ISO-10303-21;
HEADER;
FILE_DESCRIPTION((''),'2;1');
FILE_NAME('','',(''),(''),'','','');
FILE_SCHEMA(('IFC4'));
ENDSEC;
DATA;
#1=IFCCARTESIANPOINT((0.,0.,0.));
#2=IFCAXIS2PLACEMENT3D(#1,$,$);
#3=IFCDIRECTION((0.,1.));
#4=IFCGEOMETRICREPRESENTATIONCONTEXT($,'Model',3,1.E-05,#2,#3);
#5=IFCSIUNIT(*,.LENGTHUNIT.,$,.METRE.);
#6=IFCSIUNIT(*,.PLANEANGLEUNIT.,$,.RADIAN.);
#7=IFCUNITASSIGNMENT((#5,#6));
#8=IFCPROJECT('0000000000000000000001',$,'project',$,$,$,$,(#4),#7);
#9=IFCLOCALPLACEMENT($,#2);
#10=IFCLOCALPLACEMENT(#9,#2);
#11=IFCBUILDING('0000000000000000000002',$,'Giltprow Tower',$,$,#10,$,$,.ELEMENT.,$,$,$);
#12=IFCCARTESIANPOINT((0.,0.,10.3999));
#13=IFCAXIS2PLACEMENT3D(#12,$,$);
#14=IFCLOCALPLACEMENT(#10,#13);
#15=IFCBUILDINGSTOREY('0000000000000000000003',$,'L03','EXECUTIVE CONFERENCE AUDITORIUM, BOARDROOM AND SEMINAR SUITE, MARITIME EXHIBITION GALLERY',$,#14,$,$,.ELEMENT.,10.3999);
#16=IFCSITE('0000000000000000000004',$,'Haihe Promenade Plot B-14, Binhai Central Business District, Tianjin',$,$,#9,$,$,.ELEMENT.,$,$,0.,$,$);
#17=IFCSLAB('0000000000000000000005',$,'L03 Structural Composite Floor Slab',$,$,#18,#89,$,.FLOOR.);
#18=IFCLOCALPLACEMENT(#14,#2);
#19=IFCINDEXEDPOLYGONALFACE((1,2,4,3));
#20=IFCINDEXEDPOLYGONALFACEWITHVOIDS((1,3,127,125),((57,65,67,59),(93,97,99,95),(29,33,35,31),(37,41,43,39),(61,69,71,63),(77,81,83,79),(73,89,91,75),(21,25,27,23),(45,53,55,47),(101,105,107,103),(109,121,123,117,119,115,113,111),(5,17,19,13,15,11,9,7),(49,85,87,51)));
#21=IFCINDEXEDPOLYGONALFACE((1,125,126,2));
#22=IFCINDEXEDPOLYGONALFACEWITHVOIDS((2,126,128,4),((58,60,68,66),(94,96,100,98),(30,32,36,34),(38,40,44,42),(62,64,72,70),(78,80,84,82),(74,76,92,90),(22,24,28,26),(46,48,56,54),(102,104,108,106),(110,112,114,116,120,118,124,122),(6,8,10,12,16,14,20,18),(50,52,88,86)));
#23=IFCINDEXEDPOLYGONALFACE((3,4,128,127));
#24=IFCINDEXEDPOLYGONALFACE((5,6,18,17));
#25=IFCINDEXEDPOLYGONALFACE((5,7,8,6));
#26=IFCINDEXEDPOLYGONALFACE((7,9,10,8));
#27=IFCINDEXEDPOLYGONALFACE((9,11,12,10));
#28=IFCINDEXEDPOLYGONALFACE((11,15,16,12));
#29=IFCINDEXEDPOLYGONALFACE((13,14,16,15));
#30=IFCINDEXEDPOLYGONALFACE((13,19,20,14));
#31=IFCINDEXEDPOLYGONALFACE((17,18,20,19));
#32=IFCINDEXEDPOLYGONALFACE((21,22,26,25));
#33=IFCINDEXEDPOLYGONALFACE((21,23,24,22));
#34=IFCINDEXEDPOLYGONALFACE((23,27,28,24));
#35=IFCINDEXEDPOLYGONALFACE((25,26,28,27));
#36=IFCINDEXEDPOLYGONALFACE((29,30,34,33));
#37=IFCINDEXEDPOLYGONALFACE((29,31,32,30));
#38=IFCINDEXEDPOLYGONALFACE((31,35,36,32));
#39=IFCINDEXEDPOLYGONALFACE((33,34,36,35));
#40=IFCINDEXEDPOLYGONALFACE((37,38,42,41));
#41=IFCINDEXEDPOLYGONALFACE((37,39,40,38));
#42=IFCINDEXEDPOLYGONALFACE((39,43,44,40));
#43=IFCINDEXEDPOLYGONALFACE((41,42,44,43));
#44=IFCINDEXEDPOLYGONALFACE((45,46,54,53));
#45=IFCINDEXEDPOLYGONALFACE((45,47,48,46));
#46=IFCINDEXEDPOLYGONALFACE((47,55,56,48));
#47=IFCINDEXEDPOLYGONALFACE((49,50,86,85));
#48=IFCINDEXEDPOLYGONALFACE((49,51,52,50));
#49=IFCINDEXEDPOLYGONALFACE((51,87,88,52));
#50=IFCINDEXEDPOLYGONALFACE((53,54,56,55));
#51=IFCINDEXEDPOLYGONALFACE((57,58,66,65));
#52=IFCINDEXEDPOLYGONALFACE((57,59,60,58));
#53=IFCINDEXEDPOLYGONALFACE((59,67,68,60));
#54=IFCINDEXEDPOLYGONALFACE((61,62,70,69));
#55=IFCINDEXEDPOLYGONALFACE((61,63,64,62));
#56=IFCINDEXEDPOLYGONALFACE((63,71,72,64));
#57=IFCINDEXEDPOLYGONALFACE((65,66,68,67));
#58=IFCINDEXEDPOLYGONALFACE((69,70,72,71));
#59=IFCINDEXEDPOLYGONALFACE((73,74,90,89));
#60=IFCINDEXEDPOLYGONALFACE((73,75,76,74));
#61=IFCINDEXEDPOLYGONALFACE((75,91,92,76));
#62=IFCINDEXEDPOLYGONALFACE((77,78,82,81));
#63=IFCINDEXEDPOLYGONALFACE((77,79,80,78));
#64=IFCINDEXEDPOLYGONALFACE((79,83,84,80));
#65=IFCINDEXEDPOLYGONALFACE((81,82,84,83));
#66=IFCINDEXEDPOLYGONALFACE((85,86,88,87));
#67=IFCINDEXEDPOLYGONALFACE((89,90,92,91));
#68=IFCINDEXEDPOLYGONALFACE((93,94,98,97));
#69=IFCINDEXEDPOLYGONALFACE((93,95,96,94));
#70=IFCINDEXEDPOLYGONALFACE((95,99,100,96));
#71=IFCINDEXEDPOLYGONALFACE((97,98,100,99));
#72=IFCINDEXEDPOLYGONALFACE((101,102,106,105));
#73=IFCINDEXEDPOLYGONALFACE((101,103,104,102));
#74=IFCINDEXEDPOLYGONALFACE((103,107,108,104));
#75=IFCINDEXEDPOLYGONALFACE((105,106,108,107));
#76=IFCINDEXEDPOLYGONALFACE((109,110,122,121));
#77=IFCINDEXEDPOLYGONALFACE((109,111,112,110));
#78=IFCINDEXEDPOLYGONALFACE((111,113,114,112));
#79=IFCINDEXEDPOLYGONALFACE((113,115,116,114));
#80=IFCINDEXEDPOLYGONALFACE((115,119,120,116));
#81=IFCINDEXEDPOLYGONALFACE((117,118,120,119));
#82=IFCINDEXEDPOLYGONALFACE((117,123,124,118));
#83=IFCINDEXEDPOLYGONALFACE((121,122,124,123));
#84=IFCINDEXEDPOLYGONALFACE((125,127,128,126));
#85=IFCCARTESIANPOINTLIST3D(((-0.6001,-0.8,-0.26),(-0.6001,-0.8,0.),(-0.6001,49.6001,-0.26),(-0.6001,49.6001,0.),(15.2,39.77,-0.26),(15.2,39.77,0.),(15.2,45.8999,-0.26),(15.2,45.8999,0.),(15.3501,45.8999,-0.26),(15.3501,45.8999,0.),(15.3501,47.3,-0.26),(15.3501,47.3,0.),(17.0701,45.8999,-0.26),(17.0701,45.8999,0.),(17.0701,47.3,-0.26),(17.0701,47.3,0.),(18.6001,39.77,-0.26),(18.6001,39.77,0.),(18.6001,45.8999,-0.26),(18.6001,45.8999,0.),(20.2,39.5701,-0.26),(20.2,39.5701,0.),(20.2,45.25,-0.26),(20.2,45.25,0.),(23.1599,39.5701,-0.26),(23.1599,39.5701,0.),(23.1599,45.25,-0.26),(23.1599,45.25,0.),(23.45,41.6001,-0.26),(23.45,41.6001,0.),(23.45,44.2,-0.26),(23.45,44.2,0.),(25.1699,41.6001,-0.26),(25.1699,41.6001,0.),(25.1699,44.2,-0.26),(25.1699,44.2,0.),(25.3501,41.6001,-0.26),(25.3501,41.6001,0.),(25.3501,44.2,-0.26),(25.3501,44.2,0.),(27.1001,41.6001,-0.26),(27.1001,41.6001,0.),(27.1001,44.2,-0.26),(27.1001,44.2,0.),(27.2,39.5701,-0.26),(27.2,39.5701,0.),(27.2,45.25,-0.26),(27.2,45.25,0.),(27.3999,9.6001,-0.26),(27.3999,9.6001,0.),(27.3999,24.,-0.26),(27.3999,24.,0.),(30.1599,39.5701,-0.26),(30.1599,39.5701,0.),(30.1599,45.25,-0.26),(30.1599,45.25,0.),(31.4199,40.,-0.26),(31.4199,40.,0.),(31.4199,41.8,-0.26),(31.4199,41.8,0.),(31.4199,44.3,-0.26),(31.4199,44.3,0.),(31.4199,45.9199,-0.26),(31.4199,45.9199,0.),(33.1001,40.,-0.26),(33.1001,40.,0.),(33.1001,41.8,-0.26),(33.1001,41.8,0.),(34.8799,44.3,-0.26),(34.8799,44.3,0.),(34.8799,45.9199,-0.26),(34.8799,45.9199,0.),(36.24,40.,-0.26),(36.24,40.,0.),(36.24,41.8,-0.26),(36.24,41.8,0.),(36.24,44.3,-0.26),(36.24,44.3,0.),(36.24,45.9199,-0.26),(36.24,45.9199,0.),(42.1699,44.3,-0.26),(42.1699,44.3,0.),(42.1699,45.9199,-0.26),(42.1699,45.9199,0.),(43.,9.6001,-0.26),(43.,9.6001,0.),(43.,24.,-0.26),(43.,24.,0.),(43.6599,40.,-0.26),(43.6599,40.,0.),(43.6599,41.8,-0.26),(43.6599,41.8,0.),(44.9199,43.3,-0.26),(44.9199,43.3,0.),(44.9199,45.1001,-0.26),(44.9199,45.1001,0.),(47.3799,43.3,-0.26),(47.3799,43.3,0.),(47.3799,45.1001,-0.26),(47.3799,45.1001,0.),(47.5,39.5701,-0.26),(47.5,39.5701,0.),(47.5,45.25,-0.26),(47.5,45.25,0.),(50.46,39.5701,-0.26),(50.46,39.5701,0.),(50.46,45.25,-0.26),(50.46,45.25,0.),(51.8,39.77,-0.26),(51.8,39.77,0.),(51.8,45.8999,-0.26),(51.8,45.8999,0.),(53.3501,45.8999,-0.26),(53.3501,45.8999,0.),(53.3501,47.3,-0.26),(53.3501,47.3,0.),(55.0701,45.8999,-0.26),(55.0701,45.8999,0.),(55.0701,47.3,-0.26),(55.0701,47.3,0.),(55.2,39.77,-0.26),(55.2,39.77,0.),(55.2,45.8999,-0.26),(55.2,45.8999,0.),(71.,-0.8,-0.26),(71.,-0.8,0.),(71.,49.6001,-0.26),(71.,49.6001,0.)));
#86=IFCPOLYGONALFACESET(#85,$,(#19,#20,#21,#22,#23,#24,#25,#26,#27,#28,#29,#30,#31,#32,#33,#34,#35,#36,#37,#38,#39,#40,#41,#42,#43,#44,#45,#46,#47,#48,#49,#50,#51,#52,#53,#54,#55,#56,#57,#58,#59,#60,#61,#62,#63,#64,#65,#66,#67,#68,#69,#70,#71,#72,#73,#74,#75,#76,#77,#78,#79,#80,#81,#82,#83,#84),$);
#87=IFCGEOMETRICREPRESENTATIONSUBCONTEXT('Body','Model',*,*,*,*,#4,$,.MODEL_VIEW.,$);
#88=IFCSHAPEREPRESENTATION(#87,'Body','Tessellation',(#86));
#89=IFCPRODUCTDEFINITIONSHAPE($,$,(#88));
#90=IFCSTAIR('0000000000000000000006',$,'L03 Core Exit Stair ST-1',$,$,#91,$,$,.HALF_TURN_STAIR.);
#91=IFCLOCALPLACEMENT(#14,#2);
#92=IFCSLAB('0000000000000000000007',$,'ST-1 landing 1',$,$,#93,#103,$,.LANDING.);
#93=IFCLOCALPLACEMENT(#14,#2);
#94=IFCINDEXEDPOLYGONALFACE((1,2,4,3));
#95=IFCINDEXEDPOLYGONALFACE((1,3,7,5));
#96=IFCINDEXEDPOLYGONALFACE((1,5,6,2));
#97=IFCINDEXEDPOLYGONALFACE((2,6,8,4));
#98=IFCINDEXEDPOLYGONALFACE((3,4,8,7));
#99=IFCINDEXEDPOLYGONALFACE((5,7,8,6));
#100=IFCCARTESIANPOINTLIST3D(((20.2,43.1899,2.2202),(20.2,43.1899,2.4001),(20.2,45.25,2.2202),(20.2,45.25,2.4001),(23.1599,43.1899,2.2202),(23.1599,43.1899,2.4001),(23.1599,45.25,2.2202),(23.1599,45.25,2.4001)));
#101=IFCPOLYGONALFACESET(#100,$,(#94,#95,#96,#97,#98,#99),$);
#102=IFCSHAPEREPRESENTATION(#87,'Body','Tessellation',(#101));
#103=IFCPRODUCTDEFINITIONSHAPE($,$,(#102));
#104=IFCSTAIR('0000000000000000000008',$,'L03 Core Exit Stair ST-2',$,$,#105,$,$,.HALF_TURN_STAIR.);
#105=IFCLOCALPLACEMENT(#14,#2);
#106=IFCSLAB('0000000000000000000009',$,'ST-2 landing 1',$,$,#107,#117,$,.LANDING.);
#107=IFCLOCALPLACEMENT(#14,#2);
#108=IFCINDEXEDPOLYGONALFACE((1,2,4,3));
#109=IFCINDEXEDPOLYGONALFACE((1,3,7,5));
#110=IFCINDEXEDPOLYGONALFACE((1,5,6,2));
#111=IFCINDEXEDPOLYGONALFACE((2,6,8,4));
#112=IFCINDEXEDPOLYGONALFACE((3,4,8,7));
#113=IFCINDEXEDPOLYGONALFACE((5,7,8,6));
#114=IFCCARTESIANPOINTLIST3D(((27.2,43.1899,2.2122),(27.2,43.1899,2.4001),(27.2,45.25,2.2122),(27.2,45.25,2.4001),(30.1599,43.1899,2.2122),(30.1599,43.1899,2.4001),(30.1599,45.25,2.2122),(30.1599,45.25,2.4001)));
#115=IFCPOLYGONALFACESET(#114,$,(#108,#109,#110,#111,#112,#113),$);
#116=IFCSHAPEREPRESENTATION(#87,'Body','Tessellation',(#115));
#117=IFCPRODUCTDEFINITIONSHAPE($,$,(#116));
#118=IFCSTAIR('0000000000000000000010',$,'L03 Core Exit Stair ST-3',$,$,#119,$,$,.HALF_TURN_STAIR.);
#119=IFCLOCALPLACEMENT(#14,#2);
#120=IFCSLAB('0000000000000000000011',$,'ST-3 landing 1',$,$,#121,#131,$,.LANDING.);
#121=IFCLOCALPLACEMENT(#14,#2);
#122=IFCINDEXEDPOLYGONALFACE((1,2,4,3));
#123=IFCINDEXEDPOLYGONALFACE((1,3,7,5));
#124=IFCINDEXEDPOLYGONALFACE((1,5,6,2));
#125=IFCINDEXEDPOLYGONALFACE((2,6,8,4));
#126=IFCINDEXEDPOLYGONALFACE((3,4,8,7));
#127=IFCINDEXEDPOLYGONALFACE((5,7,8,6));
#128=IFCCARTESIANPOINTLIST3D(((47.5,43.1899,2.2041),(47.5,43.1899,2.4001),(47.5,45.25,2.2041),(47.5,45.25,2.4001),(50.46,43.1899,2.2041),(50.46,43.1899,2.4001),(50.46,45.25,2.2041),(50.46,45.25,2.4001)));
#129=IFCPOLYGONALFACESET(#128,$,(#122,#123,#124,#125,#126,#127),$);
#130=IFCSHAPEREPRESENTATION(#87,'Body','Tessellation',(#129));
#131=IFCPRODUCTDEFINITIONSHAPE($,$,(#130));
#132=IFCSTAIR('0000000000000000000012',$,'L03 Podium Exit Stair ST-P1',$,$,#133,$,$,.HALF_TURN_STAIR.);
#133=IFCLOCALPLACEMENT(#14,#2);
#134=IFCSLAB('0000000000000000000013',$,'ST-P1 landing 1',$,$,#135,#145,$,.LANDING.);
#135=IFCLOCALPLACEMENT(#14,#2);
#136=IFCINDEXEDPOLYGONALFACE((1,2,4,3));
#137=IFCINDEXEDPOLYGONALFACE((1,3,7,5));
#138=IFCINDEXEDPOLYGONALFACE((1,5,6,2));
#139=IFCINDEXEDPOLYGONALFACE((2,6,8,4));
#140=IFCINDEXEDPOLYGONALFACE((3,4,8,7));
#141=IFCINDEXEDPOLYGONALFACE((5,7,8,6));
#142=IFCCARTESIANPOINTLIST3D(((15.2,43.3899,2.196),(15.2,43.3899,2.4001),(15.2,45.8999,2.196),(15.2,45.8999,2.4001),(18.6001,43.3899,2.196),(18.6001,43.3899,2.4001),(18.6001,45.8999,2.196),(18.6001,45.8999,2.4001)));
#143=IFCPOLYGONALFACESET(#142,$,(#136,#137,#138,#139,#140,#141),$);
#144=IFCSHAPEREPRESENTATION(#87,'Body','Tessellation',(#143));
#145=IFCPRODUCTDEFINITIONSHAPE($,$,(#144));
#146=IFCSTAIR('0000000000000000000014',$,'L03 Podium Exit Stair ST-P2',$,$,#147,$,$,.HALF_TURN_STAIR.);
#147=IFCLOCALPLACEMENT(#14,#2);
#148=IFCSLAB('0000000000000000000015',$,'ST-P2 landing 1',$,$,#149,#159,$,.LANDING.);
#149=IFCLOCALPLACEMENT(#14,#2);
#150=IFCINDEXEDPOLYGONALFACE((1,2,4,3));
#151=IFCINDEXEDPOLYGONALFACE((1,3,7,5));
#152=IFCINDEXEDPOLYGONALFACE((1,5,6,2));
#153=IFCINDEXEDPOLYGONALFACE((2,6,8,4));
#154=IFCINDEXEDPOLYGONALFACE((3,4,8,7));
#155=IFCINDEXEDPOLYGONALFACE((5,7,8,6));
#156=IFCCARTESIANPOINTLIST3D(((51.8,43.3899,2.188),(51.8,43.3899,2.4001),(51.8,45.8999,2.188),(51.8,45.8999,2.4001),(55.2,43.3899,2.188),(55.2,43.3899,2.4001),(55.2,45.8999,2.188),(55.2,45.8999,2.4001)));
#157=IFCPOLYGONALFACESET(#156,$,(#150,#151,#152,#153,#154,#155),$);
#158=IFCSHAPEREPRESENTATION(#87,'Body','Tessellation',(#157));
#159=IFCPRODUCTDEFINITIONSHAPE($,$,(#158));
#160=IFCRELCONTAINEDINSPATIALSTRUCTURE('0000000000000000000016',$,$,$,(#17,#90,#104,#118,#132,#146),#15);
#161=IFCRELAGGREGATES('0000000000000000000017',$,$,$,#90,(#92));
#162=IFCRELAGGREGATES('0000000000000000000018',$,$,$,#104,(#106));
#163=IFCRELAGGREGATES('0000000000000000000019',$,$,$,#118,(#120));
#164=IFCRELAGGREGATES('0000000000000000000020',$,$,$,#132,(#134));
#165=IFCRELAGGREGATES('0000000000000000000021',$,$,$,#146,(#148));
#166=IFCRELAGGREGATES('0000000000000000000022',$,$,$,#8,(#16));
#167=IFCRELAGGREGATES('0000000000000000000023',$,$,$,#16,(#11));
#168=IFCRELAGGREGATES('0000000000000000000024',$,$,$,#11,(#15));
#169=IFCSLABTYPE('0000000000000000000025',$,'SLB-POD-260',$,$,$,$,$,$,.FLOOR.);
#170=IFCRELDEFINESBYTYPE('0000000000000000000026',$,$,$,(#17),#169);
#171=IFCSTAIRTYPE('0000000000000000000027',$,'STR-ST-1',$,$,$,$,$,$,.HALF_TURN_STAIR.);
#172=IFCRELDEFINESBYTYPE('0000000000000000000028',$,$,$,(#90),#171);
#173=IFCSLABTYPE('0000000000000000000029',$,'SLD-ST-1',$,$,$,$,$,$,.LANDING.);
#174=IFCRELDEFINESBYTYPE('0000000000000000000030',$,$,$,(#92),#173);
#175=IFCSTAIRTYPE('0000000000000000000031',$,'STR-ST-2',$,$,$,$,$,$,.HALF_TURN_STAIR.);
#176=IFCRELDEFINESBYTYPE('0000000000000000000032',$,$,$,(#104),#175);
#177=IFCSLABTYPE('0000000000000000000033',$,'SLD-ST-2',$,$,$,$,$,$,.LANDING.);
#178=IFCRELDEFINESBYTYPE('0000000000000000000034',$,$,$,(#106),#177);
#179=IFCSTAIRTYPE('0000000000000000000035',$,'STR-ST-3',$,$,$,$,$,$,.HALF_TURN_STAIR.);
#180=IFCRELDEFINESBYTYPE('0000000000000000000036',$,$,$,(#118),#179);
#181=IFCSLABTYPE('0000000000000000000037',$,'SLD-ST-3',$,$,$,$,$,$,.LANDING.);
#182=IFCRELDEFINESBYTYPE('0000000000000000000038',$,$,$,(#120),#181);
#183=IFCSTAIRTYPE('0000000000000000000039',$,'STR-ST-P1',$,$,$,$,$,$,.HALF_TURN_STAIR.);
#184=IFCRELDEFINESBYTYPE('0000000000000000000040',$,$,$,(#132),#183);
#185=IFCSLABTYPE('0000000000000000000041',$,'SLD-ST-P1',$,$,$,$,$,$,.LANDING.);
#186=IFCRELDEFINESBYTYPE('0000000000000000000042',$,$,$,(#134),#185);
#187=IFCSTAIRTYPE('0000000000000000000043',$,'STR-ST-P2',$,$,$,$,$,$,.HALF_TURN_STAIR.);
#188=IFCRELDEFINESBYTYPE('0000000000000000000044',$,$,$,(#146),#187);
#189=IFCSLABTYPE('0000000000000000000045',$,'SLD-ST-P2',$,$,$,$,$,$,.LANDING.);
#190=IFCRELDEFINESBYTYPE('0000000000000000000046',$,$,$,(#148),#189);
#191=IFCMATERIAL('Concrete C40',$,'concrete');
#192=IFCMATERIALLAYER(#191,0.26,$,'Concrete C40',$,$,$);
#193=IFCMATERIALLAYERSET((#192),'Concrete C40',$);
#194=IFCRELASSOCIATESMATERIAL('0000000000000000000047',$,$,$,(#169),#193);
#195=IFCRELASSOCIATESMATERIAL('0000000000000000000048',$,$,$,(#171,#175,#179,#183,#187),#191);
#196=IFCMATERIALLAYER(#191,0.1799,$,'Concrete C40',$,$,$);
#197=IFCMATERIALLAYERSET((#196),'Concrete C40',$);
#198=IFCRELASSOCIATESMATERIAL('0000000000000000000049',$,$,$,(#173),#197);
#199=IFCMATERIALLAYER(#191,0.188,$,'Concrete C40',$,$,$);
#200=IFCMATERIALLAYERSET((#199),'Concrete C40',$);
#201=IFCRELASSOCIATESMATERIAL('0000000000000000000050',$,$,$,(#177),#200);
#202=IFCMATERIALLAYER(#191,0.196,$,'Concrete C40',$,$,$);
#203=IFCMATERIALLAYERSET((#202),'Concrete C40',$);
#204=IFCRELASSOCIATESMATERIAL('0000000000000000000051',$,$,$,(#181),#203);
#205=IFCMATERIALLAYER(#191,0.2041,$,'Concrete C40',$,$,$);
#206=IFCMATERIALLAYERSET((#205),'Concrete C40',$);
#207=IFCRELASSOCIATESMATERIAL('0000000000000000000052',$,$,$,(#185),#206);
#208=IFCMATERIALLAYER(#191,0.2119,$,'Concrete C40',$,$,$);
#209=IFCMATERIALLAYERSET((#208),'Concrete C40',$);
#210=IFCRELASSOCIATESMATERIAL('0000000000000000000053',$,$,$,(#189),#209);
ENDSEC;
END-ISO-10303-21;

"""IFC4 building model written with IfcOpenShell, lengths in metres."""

from ifc_helpers import new_model, si_unit, direction, frame, origin, place, context, subcontext, project, spatial, polyline, outline, extrude, material, layer, layer_set, type_object, element, aggregate, save


model = new_model("IFC4")

# Units and contexts
model_context = context("Model", 3, precision=1e-05, world=origin(), true_north=direction((0.0, 1.0)))
body_context = subcontext(model_context, "Body", "Model", "MODEL_VIEW")
ifc_project = project(units=[si_unit("LENGTHUNIT", "METRE"), si_unit("PLANEANGLEUNIT", "RADIAN")], contexts=[model_context])

# Site, building, storey
site_placement = place(None, origin())
site = spatial("IfcSite", under=ifc_project, at=site_placement, Name="Haihe Promenade Plot B-14, Binhai Central Business District, Tianjin", CompositionType="ELEMENT", RefElevation=0.0)
building_placement = place(site_placement, origin())
building = spatial("IfcBuilding", under=site, at=building_placement, Name="Giltprow Tower", CompositionType="ELEMENT")
storey_placement = place(building_placement, frame((0.0, 0.0, 10.3999)))
storey = spatial("IfcBuildingStorey", under=building, at=storey_placement, Name="L03", Description="EXECUTIVE CONFERENCE AUDITORIUM, BOARDROOM AND SEMINAR SUITE, MARITIME EXHIBITION GALLERY", CompositionType="ELEMENT", Elevation=10.3999)

# Slab
ifc_material_1 = material(Name="Concrete C40", Category="concrete")
ifc_layer_1 = layer(ifc_material_1, 0.26, Name="Concrete C40")
ifc_layer_set_1 = layer_set([ifc_layer_1], Name="Concrete C40")
slab_type_1 = type_object("IfcSlabType", Name="SLB-POD-260", PredefinedType="FLOOR", material=ifc_layer_set_1)
slab_1_placement = place(storey_placement, frame((0.0, 0.0, -0.26)))
element("IfcSlab", 1, at=slab_1_placement, inside=storey, type_object=slab_type_1, Name="L03 Structural Composite Floor Slab", PredefinedType="FLOOR", context=body_context, shape_type="SweptSolid", body=[
    extrude(outline(polyline([(-0.6001, 49.6001), (71.0, 49.6001), (71.0, -0.8), (-0.6001, -0.8), (-0.6001, 49.6001)]), holes=[polyline([(31.4199, 41.8), (31.4199, 40.0), (33.1001, 40.0), (33.1001, 41.8), (31.4199, 41.8)]), polyline([(23.1599, 39.5701), (23.1599, 45.25), (20.2, 45.25), (20.2, 39.5701), (23.1599, 39.5701)]), polyline([(30.1599, 39.5701), (30.1599, 45.25), (27.2, 45.25), (27.2, 39.5701), (30.1599, 39.5701)]), polyline([(18.6001, 39.77), (18.6001, 45.8999), (17.0701, 45.8999), (17.0701, 47.3), (15.3501, 47.3), (15.3501, 45.8999), (15.2, 45.8999), (15.2, 39.77), (18.6001, 39.77)]), polyline([(25.1699, 41.6001), (25.1699, 44.2), (23.45, 44.2), (23.45, 41.6001), (25.1699, 41.6001)]), polyline([(27.1001, 41.6001), (27.1001, 44.2), (25.3501, 44.2), (25.3501, 41.6001), (27.1001, 41.6001)]), polyline([(34.8799, 44.3), (34.8799, 45.9199), (31.4199, 45.9199), (31.4199, 44.3), (34.8799, 44.3)]), polyline([(43.0, 9.6001), (43.0, 24.0), (27.3999, 24.0), (27.3999, 9.6001), (43.0, 9.6001)]), polyline([(43.6599, 40.0), (43.6599, 41.8), (36.24, 41.8), (36.24, 40.0), (43.6599, 40.0)]), polyline([(50.46, 39.5701), (50.46, 45.25), (47.5, 45.25), (47.5, 39.5701), (50.46, 39.5701)]), polyline([(53.3501, 47.3), (53.3501, 45.8999), (51.8, 45.8999), (51.8, 39.77), (55.2, 39.77), (55.2, 45.8999), (55.0701, 45.8999), (55.0701, 47.3), (53.3501, 47.3)]), polyline([(47.3799, 43.3), (47.3799, 45.1001), (44.9199, 45.1001), (44.9199, 43.3), (47.3799, 43.3)]), polyline([(42.1699, 44.3), (42.1699, 45.9199), (36.24, 45.9199), (36.24, 44.3), (42.1699, 44.3)])]), origin(), (0.0, 0.0, 1.0), 0.26),
])

# Stairs, slabs
stair_type_1 = type_object("IfcStairType", Name="STR-ST-1", PredefinedType="HALF_TURN_STAIR", material=ifc_material_1)
stair_1_placement = place(storey_placement, origin())
stair_1 = element("IfcStair", 2, at=stair_1_placement, inside=storey, type_object=stair_type_1, Name="L03 Core Exit Stair ST-1", PredefinedType="HALF_TURN_STAIR")
ifc_layer_2 = layer(ifc_material_1, 0.1799, Name="Concrete C40")
ifc_layer_set_2 = layer_set([ifc_layer_2], Name="Concrete C40")
slab_type_2 = type_object("IfcSlabType", Name="SLD-ST-1", PredefinedType="LANDING", material=ifc_layer_set_2)
slab_2_placement = place(storey_placement, frame((0.0, 0.0, 2.2202)))
slab_2 = element("IfcSlab", 3, at=slab_2_placement, type_object=slab_type_2, Name="ST-1 landing 1", PredefinedType="LANDING", context=body_context, shape_type="SweptSolid", body=[
    extrude(outline(polyline([(23.1599, 43.1899), (23.1599, 45.25), (20.2, 45.25), (20.2, 43.1899), (23.1599, 43.1899)])), origin(), (0.0, 0.0, 1.0), 0.1799),
])
aggregate(stair_1, [slab_2])
stair_type_2 = type_object("IfcStairType", Name="STR-ST-2", PredefinedType="HALF_TURN_STAIR", material=ifc_material_1)
stair_2_placement = place(storey_placement, origin())
stair_2 = element("IfcStair", 4, at=stair_2_placement, inside=storey, type_object=stair_type_2, Name="L03 Core Exit Stair ST-2", PredefinedType="HALF_TURN_STAIR")
ifc_layer_3 = layer(ifc_material_1, 0.188, Name="Concrete C40")
ifc_layer_set_3 = layer_set([ifc_layer_3], Name="Concrete C40")
slab_type_3 = type_object("IfcSlabType", Name="SLD-ST-2", PredefinedType="LANDING", material=ifc_layer_set_3)
slab_3_placement = place(storey_placement, frame((0.0, 0.0, 2.2122)))
slab_3 = element("IfcSlab", 5, at=slab_3_placement, type_object=slab_type_3, Name="ST-2 landing 1", PredefinedType="LANDING", context=body_context, shape_type="SweptSolid", body=[
    extrude(outline(polyline([(30.1599, 43.1899), (30.1599, 45.25), (27.2, 45.25), (27.2, 43.1899), (30.1599, 43.1899)])), origin(), (0.0, 0.0, 1.0), 0.188),
])
aggregate(stair_2, [slab_3])
stair_type_3 = type_object("IfcStairType", Name="STR-ST-3", PredefinedType="HALF_TURN_STAIR", material=ifc_material_1)
stair_3_placement = place(storey_placement, origin())
stair_3 = element("IfcStair", 6, at=stair_3_placement, inside=storey, type_object=stair_type_3, Name="L03 Core Exit Stair ST-3", PredefinedType="HALF_TURN_STAIR")
ifc_layer_4 = layer(ifc_material_1, 0.196, Name="Concrete C40")
ifc_layer_set_4 = layer_set([ifc_layer_4], Name="Concrete C40")
slab_type_4 = type_object("IfcSlabType", Name="SLD-ST-3", PredefinedType="LANDING", material=ifc_layer_set_4)
slab_4_placement = place(storey_placement, frame((0.0, 0.0, 2.2041)))
slab_4 = element("IfcSlab", 7, at=slab_4_placement, type_object=slab_type_4, Name="ST-3 landing 1", PredefinedType="LANDING", context=body_context, shape_type="SweptSolid", body=[
    extrude(outline(polyline([(50.46, 43.1899), (50.46, 45.25), (47.5, 45.25), (47.5, 43.1899), (50.46, 43.1899)])), origin(), (0.0, 0.0, 1.0), 0.196),
])
aggregate(stair_3, [slab_4])
stair_type_4 = type_object("IfcStairType", Name="STR-ST-P1", PredefinedType="HALF_TURN_STAIR", material=ifc_material_1)
stair_4_placement = place(storey_placement, origin())
stair_4 = element("IfcStair", 8, at=stair_4_placement, inside=storey, type_object=stair_type_4, Name="L03 Podium Exit Stair ST-P1", PredefinedType="HALF_TURN_STAIR")
ifc_layer_5 = layer(ifc_material_1, 0.2041, Name="Concrete C40")
ifc_layer_set_5 = layer_set([ifc_layer_5], Name="Concrete C40")
slab_type_5 = type_object("IfcSlabType", Name="SLD-ST-P1", PredefinedType="LANDING", material=ifc_layer_set_5)
slab_5_placement = place(storey_placement, frame((0.0, 0.0, 2.196)))
slab_5 = element("IfcSlab", 9, at=slab_5_placement, type_object=slab_type_5, Name="ST-P1 landing 1", PredefinedType="LANDING", context=body_context, shape_type="SweptSolid", body=[
    extrude(outline(polyline([(18.6001, 43.3899), (18.6001, 45.8999), (15.2, 45.8999), (15.2, 43.3899), (18.6001, 43.3899)])), origin(), (0.0, 0.0, 1.0), 0.2041),
])
aggregate(stair_4, [slab_5])
stair_type_5 = type_object("IfcStairType", Name="STR-ST-P2", PredefinedType="HALF_TURN_STAIR", material=ifc_material_1)
stair_5_placement = place(storey_placement, origin())
stair_5 = element("IfcStair", 10, at=stair_5_placement, inside=storey, type_object=stair_type_5, Name="L03 Podium Exit Stair ST-P2", PredefinedType="HALF_TURN_STAIR")
ifc_layer_6 = layer(ifc_material_1, 0.2119, Name="Concrete C40")
ifc_layer_set_6 = layer_set([ifc_layer_6], Name="Concrete C40")
slab_type_6 = type_object("IfcSlabType", Name="SLD-ST-P2", PredefinedType="LANDING", material=ifc_layer_set_6)
slab_6_placement = place(storey_placement, frame((0.0, 0.0, 2.188)))
slab_6 = element("IfcSlab", 11, at=slab_6_placement, type_object=slab_type_6, Name="ST-P2 landing 1", PredefinedType="LANDING", context=body_context, shape_type="SweptSolid", body=[
    extrude(outline(polyline([(55.2, 43.3899), (55.2, 45.8999), (51.8, 45.8999), (51.8, 43.3899), (55.2, 43.3899)])), origin(), (0.0, 0.0, 1.0), 0.2122),
])
aggregate(stair_5, [slab_6])

save(model, "model.ifc")
